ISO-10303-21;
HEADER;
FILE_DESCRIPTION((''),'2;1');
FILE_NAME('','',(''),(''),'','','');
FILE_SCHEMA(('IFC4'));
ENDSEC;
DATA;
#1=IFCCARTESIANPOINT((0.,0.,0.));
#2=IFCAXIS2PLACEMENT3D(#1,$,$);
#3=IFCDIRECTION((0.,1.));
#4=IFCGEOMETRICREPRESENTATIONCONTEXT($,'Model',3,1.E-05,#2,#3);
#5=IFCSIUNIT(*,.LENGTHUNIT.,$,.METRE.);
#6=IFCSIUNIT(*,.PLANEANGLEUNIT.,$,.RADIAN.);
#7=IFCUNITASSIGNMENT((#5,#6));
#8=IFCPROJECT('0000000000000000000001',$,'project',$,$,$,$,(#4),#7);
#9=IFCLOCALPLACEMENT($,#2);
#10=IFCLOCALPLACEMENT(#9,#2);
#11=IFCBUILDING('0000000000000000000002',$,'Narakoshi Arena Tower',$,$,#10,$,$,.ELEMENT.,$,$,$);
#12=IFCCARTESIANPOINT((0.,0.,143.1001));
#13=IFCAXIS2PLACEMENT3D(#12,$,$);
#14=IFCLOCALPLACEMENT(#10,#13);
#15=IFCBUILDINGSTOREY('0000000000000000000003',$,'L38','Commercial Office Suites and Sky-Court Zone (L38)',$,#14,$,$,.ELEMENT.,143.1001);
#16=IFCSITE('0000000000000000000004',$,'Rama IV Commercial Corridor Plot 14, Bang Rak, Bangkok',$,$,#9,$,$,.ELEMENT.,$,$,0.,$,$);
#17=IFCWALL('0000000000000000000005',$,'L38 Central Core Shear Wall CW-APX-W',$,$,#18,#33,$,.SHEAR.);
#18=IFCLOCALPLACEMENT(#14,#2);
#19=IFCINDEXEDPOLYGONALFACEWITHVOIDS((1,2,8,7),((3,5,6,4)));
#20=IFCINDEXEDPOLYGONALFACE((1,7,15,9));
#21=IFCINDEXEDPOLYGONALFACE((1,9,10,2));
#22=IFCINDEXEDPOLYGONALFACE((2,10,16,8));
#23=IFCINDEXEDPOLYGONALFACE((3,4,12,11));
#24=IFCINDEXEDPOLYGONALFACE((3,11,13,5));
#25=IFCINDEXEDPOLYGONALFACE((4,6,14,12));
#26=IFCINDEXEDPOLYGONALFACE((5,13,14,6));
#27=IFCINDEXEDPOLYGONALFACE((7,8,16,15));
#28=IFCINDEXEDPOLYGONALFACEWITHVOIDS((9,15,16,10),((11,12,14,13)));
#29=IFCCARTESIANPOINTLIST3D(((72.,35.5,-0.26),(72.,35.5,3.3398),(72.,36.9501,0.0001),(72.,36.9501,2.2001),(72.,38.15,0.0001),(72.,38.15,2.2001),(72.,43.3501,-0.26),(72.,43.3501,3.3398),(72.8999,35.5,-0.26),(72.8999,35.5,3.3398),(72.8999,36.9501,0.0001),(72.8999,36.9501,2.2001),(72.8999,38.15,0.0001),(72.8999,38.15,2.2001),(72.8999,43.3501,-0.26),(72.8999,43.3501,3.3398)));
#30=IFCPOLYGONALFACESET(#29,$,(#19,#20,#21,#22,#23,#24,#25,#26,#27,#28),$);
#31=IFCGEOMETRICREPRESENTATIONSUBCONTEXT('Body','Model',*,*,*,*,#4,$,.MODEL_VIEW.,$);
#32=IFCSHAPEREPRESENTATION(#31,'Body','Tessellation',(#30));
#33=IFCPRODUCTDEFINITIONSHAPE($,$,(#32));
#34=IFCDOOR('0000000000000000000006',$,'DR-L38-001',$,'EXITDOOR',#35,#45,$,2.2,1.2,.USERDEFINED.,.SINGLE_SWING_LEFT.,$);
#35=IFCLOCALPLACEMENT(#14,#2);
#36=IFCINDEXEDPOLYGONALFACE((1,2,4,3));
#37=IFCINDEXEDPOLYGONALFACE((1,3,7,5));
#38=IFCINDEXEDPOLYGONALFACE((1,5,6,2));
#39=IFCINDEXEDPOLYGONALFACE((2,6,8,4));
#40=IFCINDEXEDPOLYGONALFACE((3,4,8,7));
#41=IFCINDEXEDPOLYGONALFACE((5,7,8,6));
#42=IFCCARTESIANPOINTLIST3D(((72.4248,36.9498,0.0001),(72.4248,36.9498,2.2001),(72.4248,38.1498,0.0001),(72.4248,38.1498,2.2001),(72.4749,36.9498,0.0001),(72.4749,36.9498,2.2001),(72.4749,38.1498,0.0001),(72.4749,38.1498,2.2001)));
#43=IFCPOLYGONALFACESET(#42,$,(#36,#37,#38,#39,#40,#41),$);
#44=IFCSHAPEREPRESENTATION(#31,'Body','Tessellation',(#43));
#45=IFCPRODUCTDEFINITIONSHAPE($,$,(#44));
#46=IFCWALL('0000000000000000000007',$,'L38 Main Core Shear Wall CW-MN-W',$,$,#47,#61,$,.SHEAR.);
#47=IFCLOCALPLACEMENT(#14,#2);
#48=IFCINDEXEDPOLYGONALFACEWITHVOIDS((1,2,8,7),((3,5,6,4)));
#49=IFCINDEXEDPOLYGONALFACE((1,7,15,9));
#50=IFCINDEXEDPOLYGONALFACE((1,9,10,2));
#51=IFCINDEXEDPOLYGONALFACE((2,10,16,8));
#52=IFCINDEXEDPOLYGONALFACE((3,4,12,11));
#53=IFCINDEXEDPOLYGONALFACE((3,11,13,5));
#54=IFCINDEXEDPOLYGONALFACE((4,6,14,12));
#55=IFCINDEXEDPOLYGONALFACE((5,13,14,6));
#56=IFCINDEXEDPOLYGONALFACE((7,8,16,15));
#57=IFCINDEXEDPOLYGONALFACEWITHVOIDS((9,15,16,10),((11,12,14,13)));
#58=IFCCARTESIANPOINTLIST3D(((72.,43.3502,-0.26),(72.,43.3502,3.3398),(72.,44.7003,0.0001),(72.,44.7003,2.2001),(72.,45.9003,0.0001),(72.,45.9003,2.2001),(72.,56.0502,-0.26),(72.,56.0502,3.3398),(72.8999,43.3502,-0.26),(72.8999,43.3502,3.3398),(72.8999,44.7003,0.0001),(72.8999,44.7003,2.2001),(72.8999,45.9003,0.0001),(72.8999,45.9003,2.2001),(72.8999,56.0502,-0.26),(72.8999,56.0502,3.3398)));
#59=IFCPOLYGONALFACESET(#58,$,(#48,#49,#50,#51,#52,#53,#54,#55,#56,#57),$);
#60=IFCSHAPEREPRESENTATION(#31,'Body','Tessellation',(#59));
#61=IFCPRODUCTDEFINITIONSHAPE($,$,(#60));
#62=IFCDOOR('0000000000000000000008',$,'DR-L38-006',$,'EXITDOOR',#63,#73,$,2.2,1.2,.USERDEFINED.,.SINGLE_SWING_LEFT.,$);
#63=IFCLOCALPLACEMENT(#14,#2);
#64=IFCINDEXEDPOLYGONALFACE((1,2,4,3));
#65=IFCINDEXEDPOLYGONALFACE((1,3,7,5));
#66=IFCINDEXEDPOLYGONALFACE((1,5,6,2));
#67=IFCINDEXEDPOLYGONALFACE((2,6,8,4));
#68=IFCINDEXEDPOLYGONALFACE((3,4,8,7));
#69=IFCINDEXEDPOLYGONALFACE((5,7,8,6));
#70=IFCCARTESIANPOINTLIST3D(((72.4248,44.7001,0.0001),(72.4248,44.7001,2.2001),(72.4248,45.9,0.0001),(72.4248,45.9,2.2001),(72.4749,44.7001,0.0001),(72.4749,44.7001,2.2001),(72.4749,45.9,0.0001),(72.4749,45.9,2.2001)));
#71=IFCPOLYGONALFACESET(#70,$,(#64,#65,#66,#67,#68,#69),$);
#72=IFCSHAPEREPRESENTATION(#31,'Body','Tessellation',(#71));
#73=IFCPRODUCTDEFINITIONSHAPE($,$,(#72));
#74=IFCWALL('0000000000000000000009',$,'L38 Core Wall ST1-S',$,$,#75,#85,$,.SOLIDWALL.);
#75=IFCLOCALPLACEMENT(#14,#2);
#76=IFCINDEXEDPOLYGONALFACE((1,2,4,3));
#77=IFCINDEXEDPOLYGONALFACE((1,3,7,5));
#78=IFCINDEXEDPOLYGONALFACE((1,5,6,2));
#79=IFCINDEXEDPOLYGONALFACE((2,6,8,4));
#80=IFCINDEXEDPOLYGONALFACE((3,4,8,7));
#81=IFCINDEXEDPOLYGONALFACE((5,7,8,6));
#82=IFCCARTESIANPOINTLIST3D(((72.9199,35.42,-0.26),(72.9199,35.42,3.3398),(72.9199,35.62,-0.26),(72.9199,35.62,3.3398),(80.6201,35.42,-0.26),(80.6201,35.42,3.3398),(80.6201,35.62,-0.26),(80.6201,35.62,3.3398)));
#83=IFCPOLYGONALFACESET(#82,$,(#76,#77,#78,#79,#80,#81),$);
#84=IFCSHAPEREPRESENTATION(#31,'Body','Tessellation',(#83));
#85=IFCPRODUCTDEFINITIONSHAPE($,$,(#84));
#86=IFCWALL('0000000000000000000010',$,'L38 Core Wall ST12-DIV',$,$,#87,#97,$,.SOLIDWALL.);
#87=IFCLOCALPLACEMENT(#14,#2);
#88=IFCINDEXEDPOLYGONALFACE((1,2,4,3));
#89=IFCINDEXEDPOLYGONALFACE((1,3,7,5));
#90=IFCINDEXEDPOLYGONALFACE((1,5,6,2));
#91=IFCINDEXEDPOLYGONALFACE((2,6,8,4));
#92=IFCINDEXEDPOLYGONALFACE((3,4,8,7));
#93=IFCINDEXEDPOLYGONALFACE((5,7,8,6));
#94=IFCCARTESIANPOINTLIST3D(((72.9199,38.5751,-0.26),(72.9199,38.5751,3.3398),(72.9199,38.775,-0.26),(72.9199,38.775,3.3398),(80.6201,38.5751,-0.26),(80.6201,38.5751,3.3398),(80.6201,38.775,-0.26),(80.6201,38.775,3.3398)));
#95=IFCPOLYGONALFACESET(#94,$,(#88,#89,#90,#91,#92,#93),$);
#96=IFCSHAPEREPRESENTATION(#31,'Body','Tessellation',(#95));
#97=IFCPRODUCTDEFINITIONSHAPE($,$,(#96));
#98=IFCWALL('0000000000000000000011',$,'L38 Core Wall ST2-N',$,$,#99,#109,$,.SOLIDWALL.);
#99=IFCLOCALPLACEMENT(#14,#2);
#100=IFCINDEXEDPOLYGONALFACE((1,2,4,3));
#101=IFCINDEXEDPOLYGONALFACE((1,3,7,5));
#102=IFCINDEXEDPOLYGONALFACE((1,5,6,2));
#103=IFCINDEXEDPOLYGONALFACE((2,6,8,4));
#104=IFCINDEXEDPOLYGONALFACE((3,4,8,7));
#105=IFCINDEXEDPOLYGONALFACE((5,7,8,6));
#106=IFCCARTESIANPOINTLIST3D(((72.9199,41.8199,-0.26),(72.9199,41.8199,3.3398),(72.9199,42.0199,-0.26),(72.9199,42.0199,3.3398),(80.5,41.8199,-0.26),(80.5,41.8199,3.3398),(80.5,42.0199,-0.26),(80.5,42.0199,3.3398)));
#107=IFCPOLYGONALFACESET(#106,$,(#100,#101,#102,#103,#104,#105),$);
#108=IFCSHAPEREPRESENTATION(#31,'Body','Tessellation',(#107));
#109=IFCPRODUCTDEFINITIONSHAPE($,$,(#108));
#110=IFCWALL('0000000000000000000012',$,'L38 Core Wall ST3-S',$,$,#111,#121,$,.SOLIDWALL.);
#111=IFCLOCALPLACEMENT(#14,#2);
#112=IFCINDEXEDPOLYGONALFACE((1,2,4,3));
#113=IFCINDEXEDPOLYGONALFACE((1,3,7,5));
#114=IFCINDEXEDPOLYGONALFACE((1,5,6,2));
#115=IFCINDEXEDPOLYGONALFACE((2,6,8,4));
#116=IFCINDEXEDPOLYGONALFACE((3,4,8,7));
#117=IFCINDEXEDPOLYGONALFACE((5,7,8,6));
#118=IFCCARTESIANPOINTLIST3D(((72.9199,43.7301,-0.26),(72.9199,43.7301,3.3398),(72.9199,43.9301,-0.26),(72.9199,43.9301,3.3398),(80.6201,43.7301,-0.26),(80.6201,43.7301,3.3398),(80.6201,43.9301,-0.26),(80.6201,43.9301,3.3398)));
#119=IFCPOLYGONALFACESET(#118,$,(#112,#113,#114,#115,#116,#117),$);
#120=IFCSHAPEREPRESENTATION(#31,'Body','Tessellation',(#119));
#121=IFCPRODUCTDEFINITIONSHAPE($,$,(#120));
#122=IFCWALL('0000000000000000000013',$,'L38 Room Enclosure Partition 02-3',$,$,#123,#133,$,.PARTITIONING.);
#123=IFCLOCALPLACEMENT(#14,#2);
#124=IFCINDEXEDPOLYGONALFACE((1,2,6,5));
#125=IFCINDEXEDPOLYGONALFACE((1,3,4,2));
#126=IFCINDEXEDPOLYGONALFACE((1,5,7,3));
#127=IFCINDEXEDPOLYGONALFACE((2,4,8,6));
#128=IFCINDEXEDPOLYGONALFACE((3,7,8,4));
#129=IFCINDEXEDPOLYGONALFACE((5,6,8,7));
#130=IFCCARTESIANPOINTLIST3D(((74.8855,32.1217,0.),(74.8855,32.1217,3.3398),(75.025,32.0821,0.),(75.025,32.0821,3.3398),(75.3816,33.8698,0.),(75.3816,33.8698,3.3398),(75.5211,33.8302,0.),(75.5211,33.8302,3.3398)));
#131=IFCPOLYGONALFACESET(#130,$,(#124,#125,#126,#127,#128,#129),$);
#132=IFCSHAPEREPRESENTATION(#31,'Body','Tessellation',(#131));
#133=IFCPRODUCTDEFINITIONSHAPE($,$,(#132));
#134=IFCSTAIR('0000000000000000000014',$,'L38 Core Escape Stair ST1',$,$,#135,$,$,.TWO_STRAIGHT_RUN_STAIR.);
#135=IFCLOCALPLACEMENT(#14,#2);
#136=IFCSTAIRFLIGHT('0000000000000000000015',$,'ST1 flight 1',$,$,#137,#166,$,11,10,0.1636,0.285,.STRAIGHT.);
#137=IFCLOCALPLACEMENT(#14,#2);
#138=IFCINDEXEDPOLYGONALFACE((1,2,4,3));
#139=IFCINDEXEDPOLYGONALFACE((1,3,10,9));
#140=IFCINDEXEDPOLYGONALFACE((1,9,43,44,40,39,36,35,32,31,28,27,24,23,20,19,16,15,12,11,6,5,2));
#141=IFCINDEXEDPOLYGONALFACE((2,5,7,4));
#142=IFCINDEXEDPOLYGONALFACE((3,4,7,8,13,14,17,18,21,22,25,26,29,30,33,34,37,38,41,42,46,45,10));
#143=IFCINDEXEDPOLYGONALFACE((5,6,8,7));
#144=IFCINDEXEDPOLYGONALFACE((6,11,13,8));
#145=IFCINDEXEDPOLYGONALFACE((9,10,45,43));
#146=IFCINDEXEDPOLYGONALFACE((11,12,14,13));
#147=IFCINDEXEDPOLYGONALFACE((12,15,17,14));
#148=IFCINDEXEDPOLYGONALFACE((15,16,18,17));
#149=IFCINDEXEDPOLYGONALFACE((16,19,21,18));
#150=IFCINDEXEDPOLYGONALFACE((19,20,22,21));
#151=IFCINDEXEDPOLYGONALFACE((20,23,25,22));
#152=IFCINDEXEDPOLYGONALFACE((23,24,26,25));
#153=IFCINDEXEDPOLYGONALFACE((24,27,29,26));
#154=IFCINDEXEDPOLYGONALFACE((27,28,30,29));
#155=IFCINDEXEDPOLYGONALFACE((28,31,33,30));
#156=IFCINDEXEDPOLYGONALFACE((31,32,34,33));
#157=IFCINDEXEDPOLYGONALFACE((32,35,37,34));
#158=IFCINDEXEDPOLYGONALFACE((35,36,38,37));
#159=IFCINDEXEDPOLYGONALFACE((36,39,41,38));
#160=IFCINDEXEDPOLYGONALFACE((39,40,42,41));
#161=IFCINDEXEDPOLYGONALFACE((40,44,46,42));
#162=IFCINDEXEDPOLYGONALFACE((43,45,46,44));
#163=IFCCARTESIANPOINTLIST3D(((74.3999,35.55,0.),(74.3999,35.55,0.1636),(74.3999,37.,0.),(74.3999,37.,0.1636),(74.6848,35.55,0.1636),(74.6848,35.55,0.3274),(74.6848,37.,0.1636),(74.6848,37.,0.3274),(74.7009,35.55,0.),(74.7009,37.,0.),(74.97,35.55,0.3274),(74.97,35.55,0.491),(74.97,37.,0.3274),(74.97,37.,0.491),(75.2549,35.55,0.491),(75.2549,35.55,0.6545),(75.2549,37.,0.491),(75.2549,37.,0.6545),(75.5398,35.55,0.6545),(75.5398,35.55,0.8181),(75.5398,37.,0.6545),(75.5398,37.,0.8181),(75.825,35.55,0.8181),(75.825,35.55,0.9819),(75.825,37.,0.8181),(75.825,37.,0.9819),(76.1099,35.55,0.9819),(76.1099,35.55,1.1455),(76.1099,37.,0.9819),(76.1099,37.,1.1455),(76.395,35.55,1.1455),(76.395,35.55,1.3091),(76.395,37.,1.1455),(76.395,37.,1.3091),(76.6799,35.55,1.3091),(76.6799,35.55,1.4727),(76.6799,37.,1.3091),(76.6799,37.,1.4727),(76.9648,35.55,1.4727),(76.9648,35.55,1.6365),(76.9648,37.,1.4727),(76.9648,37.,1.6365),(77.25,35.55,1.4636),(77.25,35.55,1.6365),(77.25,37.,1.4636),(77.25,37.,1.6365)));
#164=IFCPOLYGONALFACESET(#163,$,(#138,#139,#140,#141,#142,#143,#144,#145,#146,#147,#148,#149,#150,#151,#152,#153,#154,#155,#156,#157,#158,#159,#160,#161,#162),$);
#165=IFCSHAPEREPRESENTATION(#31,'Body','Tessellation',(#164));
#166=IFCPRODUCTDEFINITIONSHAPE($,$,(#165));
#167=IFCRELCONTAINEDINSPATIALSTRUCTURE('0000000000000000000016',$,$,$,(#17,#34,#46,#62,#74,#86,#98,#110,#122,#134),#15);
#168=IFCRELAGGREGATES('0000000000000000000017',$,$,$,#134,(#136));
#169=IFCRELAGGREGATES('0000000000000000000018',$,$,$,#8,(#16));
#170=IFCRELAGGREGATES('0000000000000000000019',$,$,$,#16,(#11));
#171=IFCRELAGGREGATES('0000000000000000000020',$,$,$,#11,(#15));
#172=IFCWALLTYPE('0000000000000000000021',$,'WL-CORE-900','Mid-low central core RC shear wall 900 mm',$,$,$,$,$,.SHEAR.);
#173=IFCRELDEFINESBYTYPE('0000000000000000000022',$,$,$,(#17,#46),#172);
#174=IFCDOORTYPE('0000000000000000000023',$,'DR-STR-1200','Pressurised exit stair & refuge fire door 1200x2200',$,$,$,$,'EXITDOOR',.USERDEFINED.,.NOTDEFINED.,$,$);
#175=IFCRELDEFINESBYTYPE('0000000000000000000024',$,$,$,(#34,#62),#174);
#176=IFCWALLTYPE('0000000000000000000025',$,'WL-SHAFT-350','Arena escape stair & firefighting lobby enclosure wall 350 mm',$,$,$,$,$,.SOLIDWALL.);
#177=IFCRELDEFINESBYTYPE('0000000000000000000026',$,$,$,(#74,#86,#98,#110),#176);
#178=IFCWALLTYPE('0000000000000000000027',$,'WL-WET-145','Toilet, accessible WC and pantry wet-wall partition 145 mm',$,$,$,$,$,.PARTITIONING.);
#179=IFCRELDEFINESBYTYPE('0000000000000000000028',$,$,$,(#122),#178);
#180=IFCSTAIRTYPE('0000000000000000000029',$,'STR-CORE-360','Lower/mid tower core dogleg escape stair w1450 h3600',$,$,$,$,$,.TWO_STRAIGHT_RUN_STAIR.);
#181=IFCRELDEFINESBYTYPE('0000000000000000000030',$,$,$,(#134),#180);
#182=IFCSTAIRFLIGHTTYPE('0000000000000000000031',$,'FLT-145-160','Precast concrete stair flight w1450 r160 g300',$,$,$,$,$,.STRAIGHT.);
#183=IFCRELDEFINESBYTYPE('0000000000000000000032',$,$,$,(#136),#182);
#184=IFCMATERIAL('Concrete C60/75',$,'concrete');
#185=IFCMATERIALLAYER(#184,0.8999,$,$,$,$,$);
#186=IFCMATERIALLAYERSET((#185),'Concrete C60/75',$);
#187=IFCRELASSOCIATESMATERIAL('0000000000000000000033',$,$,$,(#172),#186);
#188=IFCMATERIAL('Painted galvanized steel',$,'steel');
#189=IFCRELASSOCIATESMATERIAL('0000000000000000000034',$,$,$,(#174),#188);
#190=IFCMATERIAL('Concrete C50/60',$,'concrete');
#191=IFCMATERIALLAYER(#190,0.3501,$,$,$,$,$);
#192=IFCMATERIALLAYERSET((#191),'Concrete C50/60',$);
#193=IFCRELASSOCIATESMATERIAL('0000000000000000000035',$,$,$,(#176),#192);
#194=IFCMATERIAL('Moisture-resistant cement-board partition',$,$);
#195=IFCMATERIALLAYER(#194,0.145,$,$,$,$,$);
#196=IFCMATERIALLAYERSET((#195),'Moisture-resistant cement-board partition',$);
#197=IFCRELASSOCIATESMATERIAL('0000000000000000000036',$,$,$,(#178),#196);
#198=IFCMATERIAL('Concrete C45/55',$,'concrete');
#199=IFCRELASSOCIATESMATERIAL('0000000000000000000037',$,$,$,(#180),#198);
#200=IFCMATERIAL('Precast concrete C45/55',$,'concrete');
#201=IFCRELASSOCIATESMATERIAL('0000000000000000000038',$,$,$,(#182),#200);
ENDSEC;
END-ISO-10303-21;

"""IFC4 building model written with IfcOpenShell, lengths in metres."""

from ifc_helpers import new_model, si_unit, direction, frame, frame_2d, origin, place, context, subcontext, project, spatial, polyline, rectangle, outline, extrude, material, layer, layer_set, type_object, element, fill, aggregate, save


model = new_model("IFC4")

# Units and contexts
model_context = context("Model", 3, precision=1e-05, world=origin(), true_north=direction((0.0, 1.0)))
body_context = subcontext(model_context, "Body", "Model", "MODEL_VIEW")
ifc_project = project(units=[si_unit("LENGTHUNIT", "METRE"), si_unit("PLANEANGLEUNIT", "RADIAN")], contexts=[model_context])

# Site, building, storey
site_placement = place(None, origin())
site = spatial("IfcSite", under=ifc_project, at=site_placement, Name="Rama IV Commercial Corridor Plot 14, Bang Rak, Bangkok", CompositionType="ELEMENT", RefElevation=0.0)
building_placement = place(site_placement, origin())
building = spatial("IfcBuilding", under=site, at=building_placement, Name="Narakoshi Arena Tower", CompositionType="ELEMENT")
storey_placement = place(building_placement, frame((0.0, 0.0, 143.1001)))
storey = spatial("IfcBuildingStorey", under=building, at=storey_placement, Name="L38", Description="Commercial Office Suites and Sky-Court Zone (L38)", CompositionType="ELEMENT", Elevation=143.1001)

# Walls, openings, doors
ifc_material_1 = material(Name="Concrete C60/75", Category="concrete")
ifc_layer_1 = layer(ifc_material_1, 0.8999)
ifc_layer_set_1 = layer_set([ifc_layer_1], Name="Concrete C60/75")
wall_type_1 = type_object("IfcWallType", Name="WL-CORE-900", Description="Mid-low central core RC shear wall 900 mm", PredefinedType="SHEAR", material=ifc_layer_set_1)
wall_1_placement = place(storey_placement, frame((72.45, 35.5, -0.26), z_axis=(0.0, 0.0, 1.0), x_axis=(0.0, 1.0, 0.0)))
wall_1 = element("IfcWall", 1, at=wall_1_placement, inside=storey, type_object=wall_type_1, Name="L38 Central Core Shear Wall CW-APX-W", PredefinedType="SHEAR", context=body_context, shape_type="SweptSolid", body=[
    extrude(rectangle(XDim=7.8501, YDim=0.8999, at=frame_2d((3.925, 0.0))), origin(), (0.0, 0.0, 1.0), 3.5999),
])
opening_1_placement = place(wall_1_placement, frame((1.45, 0.0, 0.26)))
opening_1 = element("IfcOpeningElement", 2, at=opening_1_placement, cuts=wall_1, PredefinedType="OPENING", context=body_context, shape_type="SweptSolid", body=[
    extrude(rectangle(XDim=1.2, YDim=2.2, at=frame_2d((0.6001, 1.1001))), frame((0.0, 0.46, 0.0), z_axis=(0.0, -1.0, 0.0), x_axis=(1.0, 0.0, 0.0)), (0.0, 0.0, 1.0), 0.9199),
])
ifc_material_2 = material(Name="Painted galvanized steel", Category="steel")
door_type = type_object("IfcDoorType", Name="DR-STR-1200", Description="Pressurised exit stair & refuge fire door 1200x2200", ElementType="EXITDOOR", OperationType="NOTDEFINED", PredefinedType="USERDEFINED", material=ifc_material_2)
door_1_placement = place(opening_1_placement, frame((1.2, 0.0, 0.0), z_axis=(0.0, 0.0, 1.0), x_axis=(-1.0, 0.0, 0.0)))
door_1 = element("IfcDoor", 3, at=door_1_placement, inside=storey, type_object=door_type, Name="DR-L38-001", ObjectType="EXITDOOR", OperationType="SINGLE_SWING_LEFT", OverallHeight=2.2, OverallWidth=1.2, PredefinedType="USERDEFINED", context=body_context, shape_type="SweptSolid", body=[
    extrude(rectangle(XDim=1.2, YDim=2.2, at=frame_2d((0.6001, 1.1001))), frame((0.0, 0.0249, 0.0), z_axis=(0.0, -1.0, 0.0), x_axis=(1.0, 0.0, 0.0)), (0.0, 0.0, 1.0), 0.05),
])
fill(opening_1, door_1)
wall_2_placement = place(storey_placement, frame((72.45, 43.3501, -0.26), z_axis=(0.0, 0.0, 1.0), x_axis=(0.0, 1.0, 0.0)))
wall_2 = element("IfcWall", 4, at=wall_2_placement, inside=storey, type_object=wall_type_1, Name="L38 Main Core Shear Wall CW-MN-W", PredefinedType="SHEAR", context=body_context, shape_type="SweptSolid", body=[
    extrude(rectangle(XDim=12.7, YDim=0.8999, at=frame_2d((6.3501, 0.0))), origin(), (0.0, 0.0, 1.0), 3.5999),
])
opening_2_placement = place(wall_2_placement, frame((1.3501, 0.0, 0.26)))
opening_2 = element("IfcOpeningElement", 5, at=opening_2_placement, cuts=wall_2, PredefinedType="OPENING", context=body_context, shape_type="SweptSolid", body=[
    extrude(rectangle(XDim=1.2, YDim=2.2, at=frame_2d((0.6001, 1.1001))), frame((0.0, 0.46, 0.0), z_axis=(0.0, -1.0, 0.0), x_axis=(1.0, 0.0, 0.0)), (0.0, 0.0, 1.0), 0.9199),
])
door_2_placement = place(opening_2_placement, frame((1.2, 0.0, 0.0), z_axis=(0.0, 0.0, 1.0), x_axis=(-1.0, 0.0, 0.0)))
door_2 = element("IfcDoor", 6, at=door_2_placement, inside=storey, type_object=door_type, Name="DR-L38-006", ObjectType="EXITDOOR", OperationType="SINGLE_SWING_LEFT", OverallHeight=2.2, OverallWidth=1.2, PredefinedType="USERDEFINED", context=body_context, shape_type="SweptSolid", body=[
    extrude(rectangle(XDim=1.2, YDim=2.2, at=frame_2d((0.6001, 1.1001))), frame((0.0, 0.0249, 0.0), z_axis=(0.0, -1.0, 0.0), x_axis=(1.0, 0.0, 0.0)), (0.0, 0.0, 1.0), 0.05),
])
fill(opening_2, door_2)

# Walls
ifc_material_3 = material(Name="Concrete C50/60", Category="concrete")
ifc_layer_2 = layer(ifc_material_3, 0.3501)
ifc_layer_set_2 = layer_set([ifc_layer_2], Name="Concrete C50/60")
wall_type_2 = type_object("IfcWallType", Name="WL-SHAFT-350", Description="Arena escape stair & firefighting lobby enclosure wall 350 mm", PredefinedType="SOLIDWALL", material=ifc_layer_set_2)
for number, where, z_axis, x_axis, name in (
    (7, (72.9199, 35.52, -0.26), (0.0, 0.0, 1.0), (1.0, 0.0, 0.0), "L38 Core Wall ST1-S"),
    (8, (72.9199, 38.675, -0.26), (0.0, 0.0, 1.0), (1.0, 0.0, 0.0), "L38 Core Wall ST12-DIV"),
):
    element("IfcWall", number, at=place(storey_placement, frame(where, z_axis=z_axis, x_axis=x_axis)), inside=storey, type_object=wall_type_2, Name=name, PredefinedType="SOLIDWALL", context=body_context, shape_type="SweptSolid", body=[
        extrude(rectangle(XDim=7.7002, YDim=0.2, at=frame_2d((3.8501, 0.0))), origin(), (0.0, 0.0, 1.0), 3.5999),
    ])
wall_3_placement = place(storey_placement, frame((72.9199, 41.9199, -0.26), z_axis=(0.0, 0.0, 1.0), x_axis=(1.0, 0.0, 0.0)))
element("IfcWall", 9, at=wall_3_placement, inside=storey, type_object=wall_type_2, Name="L38 Core Wall ST2-N", PredefinedType="SOLIDWALL", context=body_context, shape_type="SweptSolid", body=[
    extrude(rectangle(XDim=7.5801, YDim=0.2, at=frame_2d((3.79, 0.0))), origin(), (0.0, 0.0, 1.0), 3.5999),
])
wall_4_placement = place(storey_placement, frame((72.9199, 43.8301, -0.26), z_axis=(0.0, 0.0, 1.0), x_axis=(1.0, 0.0, 0.0)))
element("IfcWall", 10, at=wall_4_placement, inside=storey, type_object=wall_type_2, Name="L38 Core Wall ST3-S", PredefinedType="SOLIDWALL", context=body_context, shape_type="SweptSolid", body=[
    extrude(rectangle(XDim=7.7002, YDim=0.2, at=frame_2d((3.8501, 0.0))), origin(), (0.0, 0.0, 1.0), 3.5999),
])
ifc_material_4 = material(Name="Moisture-resistant cement-board partition")
ifc_layer_3 = layer(ifc_material_4, 0.145)
ifc_layer_set_3 = layer_set([ifc_layer_3], Name="Moisture-resistant cement-board partition")
wall_type_3 = type_object("IfcWallType", Name="WL-WET-145", Description="Toilet, accessible WC and pantry wet-wall partition 145 mm", PredefinedType="PARTITIONING", material=ifc_layer_set_3)
wall_5_placement = place(storey_placement, frame((75.4514, 33.8501, 0.0), z_axis=(0.0, 0.0, 1.0), x_axis=(-0.273017, -0.962009, 0.0)))
element("IfcWall", 11, at=wall_5_placement, inside=storey, type_object=wall_type_3, Name="L38 Room Enclosure Partition 02-3", PredefinedType="PARTITIONING", context=body_context, shape_type="SweptSolid", body=[
    extrude(rectangle(XDim=1.8171, YDim=0.145, at=frame_2d((0.9087, 0.0))), origin(), (0.0, 0.0, 1.0), 3.3398),
])

# Stair, stair flight
ifc_material_5 = material(Name="Concrete C45/55", Category="concrete")
stair_type = type_object("IfcStairType", Name="STR-CORE-360", Description="Lower/mid tower core dogleg escape stair w1450 h3600", PredefinedType="TWO_STRAIGHT_RUN_STAIR", material=ifc_material_5)
stair_1_placement = place(storey_placement, origin())
stair_1 = element("IfcStair", 12, at=stair_1_placement, inside=storey, type_object=stair_type, Name="L38 Core Escape Stair ST1", PredefinedType="TWO_STRAIGHT_RUN_STAIR")
ifc_material_6 = material(Name="Precast concrete C45/55", Category="concrete")
stair_flight_type = type_object("IfcStairFlightType", Name="FLT-145-160", Description="Precast concrete stair flight w1450 r160 g300", PredefinedType="STRAIGHT", material=ifc_material_6)
stair_flight_1_placement = place(storey_placement, frame((74.3999, 36.2749, 0.0), z_axis=(0.0, 0.0, 1.0), x_axis=(1.0, 0.0, 0.0)))
stair_flight_1 = element("IfcStairFlight", 13, at=stair_flight_1_placement, type_object=stair_flight_type, Name="ST1 flight 1", NumberOfRisers=11, NumberOfTreads=10, PredefinedType="STRAIGHT", RiserHeight=0.1636, TreadLength=0.285, context=body_context, shape_type="SweptSolid", body=[
    extrude(outline(polyline([(0.0, 0.0), (0.0, 0.1636), (0.2849, 0.1636), (0.2849, 0.3274), (0.5701, 0.3274), (0.5701, 0.491), (0.855, 0.491), (0.855, 0.6545), (1.1399, 0.6545), (1.1399, 0.8181), (1.425, 0.8181), (1.425, 0.9819), (1.71, 0.9819), (1.71, 1.1455), (1.9951, 1.1455), (1.9951, 1.3091), (2.28, 1.3091), (2.28, 1.4727), (2.5649, 1.4727), (2.5649, 1.6365), (2.8501, 1.6365), (2.8501, 1.8), (2.8501, 1.4636), (0.301, 0.0), (0.0, 0.0)])), frame((0.0, 0.7251, 0.0), z_axis=(0.0, -1.0, 0.0), x_axis=(1.0, 0.0, 0.0)), (0.0, 0.0, 1.0), 1.45),
])
aggregate(stair_1, [stair_flight_1])

save(model, "model.ifc")
